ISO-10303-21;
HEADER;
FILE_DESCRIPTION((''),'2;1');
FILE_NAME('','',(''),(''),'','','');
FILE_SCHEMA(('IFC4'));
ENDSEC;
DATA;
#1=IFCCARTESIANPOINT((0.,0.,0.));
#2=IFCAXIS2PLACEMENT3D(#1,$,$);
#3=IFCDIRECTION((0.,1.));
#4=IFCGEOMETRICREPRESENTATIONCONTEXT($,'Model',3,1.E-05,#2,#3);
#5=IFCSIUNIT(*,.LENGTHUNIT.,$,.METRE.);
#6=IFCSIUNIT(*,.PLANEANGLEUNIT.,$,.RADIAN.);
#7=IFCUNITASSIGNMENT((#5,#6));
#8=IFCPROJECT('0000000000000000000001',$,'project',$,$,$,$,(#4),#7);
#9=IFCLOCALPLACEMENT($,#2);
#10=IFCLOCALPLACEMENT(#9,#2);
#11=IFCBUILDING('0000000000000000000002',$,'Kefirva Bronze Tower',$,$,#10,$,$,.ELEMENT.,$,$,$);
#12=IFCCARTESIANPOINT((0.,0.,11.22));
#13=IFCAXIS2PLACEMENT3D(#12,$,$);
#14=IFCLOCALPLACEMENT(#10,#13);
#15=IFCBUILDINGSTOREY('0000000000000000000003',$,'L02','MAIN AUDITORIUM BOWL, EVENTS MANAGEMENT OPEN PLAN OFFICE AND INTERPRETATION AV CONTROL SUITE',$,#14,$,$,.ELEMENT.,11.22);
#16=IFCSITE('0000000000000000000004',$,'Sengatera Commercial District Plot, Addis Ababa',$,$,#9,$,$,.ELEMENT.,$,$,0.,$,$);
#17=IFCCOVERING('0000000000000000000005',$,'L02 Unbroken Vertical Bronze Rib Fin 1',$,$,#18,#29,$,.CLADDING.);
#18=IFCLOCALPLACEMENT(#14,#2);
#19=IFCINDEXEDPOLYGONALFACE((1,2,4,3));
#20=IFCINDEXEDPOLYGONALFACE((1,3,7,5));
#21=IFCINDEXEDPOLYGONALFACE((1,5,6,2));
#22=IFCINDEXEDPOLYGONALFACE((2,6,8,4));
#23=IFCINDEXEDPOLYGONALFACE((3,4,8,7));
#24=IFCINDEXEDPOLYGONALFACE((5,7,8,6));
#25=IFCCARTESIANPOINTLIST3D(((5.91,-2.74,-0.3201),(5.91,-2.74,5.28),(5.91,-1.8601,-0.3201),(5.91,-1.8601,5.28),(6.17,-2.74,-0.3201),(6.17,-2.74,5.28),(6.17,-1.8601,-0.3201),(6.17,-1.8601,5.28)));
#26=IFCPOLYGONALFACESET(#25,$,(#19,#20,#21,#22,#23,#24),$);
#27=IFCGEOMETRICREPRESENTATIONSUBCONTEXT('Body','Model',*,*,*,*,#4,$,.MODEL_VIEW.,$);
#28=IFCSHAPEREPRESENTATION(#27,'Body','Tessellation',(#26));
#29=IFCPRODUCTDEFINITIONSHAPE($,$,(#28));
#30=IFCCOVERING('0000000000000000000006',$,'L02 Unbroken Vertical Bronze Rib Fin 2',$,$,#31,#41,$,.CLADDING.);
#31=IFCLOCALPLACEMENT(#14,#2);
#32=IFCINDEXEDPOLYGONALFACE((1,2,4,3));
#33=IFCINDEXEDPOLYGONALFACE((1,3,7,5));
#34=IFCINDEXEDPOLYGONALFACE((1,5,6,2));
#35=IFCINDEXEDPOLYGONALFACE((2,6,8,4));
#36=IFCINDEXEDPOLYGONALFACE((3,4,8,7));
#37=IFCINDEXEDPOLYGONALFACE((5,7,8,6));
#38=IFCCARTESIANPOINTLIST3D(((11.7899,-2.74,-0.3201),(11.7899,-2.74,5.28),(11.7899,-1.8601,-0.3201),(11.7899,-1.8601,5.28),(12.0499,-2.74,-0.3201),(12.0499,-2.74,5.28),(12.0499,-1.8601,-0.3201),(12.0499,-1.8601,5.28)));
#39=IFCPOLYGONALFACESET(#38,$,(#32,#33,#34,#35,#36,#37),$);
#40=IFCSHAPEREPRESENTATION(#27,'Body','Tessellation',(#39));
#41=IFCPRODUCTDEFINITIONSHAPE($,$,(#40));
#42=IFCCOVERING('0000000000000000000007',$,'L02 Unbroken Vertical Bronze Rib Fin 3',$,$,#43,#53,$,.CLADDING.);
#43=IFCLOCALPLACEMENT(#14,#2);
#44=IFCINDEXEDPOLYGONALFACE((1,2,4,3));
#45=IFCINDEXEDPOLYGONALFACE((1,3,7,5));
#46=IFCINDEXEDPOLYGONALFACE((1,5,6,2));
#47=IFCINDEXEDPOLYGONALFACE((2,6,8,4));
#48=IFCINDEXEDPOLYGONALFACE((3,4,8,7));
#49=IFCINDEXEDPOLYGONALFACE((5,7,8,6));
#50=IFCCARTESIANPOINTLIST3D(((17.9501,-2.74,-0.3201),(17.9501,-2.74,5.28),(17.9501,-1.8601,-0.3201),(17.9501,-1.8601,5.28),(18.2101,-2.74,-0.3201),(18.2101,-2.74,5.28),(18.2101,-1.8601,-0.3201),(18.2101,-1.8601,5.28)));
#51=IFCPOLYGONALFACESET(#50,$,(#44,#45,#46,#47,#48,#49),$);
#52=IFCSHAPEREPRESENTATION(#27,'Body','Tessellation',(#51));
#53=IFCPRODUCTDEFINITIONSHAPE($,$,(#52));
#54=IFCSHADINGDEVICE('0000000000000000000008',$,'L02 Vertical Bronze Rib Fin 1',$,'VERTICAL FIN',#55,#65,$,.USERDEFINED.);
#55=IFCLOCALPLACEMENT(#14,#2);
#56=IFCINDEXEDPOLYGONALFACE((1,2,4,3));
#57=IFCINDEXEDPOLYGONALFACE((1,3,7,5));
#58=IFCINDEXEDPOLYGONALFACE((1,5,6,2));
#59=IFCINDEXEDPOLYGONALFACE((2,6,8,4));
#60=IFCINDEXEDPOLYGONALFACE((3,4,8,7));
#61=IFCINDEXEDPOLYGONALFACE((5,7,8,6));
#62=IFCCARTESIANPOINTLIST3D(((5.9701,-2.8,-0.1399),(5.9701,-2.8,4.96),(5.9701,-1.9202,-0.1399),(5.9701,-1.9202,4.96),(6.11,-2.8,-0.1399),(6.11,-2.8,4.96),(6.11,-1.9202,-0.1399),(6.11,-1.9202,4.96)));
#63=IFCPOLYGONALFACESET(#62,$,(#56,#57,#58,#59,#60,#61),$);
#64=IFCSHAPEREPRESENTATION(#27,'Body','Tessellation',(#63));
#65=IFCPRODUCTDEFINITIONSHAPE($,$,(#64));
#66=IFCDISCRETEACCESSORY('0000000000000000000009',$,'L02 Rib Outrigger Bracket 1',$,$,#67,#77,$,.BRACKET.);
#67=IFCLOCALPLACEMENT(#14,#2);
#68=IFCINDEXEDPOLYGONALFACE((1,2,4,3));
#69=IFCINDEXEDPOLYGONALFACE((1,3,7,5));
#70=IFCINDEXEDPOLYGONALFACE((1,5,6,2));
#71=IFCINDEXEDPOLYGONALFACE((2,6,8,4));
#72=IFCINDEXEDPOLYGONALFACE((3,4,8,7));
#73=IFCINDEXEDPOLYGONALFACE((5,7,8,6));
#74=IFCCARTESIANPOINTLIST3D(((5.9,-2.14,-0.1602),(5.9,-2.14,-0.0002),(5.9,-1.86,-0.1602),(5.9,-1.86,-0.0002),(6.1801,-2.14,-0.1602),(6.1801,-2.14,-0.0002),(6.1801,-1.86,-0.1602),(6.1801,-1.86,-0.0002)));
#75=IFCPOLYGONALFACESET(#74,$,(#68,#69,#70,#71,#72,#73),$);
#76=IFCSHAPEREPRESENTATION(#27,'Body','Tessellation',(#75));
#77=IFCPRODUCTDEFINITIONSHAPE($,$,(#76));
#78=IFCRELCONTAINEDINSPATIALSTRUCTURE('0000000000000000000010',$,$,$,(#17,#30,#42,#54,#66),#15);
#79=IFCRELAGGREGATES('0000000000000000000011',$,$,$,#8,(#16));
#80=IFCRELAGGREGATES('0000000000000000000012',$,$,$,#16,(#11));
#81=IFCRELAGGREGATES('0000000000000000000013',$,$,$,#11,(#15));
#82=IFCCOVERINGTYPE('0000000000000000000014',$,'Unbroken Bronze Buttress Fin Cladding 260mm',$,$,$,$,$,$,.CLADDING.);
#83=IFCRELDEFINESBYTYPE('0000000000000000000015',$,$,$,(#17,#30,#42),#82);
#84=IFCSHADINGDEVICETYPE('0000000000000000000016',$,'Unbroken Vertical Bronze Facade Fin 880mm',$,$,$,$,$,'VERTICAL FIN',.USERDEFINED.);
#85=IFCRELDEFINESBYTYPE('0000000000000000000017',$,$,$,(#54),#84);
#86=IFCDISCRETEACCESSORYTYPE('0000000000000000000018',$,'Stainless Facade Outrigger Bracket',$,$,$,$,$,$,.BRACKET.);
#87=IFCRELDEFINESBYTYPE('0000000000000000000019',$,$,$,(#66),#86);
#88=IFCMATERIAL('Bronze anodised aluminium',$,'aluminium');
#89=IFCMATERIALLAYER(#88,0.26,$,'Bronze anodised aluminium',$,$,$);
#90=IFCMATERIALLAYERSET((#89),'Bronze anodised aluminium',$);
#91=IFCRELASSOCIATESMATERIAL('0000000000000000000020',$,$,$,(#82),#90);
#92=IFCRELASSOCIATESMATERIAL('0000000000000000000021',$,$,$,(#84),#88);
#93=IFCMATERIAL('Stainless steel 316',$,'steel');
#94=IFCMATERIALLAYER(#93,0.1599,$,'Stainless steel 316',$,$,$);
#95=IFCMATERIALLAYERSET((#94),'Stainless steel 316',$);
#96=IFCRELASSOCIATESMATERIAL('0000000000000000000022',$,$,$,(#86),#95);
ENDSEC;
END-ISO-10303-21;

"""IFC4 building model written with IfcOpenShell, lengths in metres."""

from ifc_helpers import new_model, si_unit, direction, frame, origin, origin_2d, place, context, subcontext, project, spatial, rectangle, extrude, material, layer, layer_set, material_profile, profile_set, type_object, element, save


model = new_model("IFC4")

# Units and contexts
model_context = context("Model", 3, precision=1e-05, world=origin(), true_north=direction((0.0, 1.0)))
body_context = subcontext(model_context, "Body", "Model", "MODEL_VIEW")
ifc_project = project(units=[si_unit("LENGTHUNIT", "METRE"), si_unit("PLANEANGLEUNIT", "RADIAN")], contexts=[model_context])

# Site, building, storey
site_placement = place(None, origin())
site = spatial("IfcSite", under=ifc_project, at=site_placement, Name="Sengatera Commercial District Plot, Addis Ababa", CompositionType="ELEMENT", RefElevation=0.0)
building_placement = place(site_placement, origin())
building = spatial("IfcBuilding", under=site, at=building_placement, Name="Kefirva Bronze Tower", CompositionType="ELEMENT")
storey_placement = place(building_placement, frame((0.0, 0.0, 11.22)))
storey = spatial("IfcBuildingStorey", under=building, at=storey_placement, Name="L02", Description="MAIN AUDITORIUM BOWL, EVENTS MANAGEMENT OPEN PLAN OFFICE AND INTERPRETATION AV CONTROL SUITE", CompositionType="ELEMENT", Elevation=11.22)

# Shared definitions
ifc_material_1 = material(Name="Bronze anodised aluminium", Category="aluminium")

# Shared definitions
ifc_material_2 = material(Name="Stainless steel 316", Category="steel")

# Coverings
ifc_layer_1 = layer(ifc_material_1, 0.26, Name="Bronze anodised aluminium")
ifc_layer_set_1 = layer_set([ifc_layer_1], Name="Bronze anodised aluminium")
covering_type_1 = type_object("IfcCoveringType", Name="Unbroken Bronze Buttress Fin Cladding 260mm", PredefinedType="CLADDING", material=ifc_layer_set_1)
for number, where, z_axis, x_axis, name in (
    (1, (6.04, -2.3, -0.3201), (0.0, 0.0, 1.0), (1.0, 0.0, 0.0), "L02 Unbroken Vertical Bronze Rib Fin 1"),
    (2, (11.9199, -2.3, -0.3201), (0.0, 0.0, 1.0), (1.0, 0.0, 0.0), "L02 Unbroken Vertical Bronze Rib Fin 2"),
    (3, (18.0801, -2.3, -0.3201), (0.0, 0.0, 1.0), (1.0, 0.0, 0.0), "L02 Unbroken Vertical Bronze Rib Fin 3"),
):
    element("IfcCovering", number, at=place(storey_placement, frame(where, z_axis=z_axis, x_axis=x_axis)), inside=storey, type_object=covering_type_1, Name=name, PredefinedType="CLADDING", context=body_context, shape_type="SweptSolid", body=[
        extrude(rectangle(XDim=0.26, YDim=0.8799, at=origin_2d()), origin(), (0.0, 0.0, 1.0), 5.6001),
    ])

# Shading device
ifc_material_profile_1 = material_profile(ifc_material_1, rectangle(XDim=0.1399, YDim=0.8799, at=origin_2d()), Name="BRONZE FIN 140x880")
ifc_profile_set_1 = profile_set([ifc_material_profile_1], Name="Bronze anodised aluminium")
shading_device_type_1 = type_object("IfcShadingDeviceType", Name="Unbroken Vertical Bronze Facade Fin 880mm", ElementType="VERTICAL FIN", PredefinedType="USERDEFINED", material=ifc_profile_set_1)
shading_device_1_placement = place(storey_placement, frame((6.04, -2.3601, -0.1399), z_axis=(0.0, 0.0, 1.0), x_axis=(1.0, 0.0, 0.0)))
element("IfcShadingDevice", 4, at=shading_device_1_placement, inside=storey, type_object=shading_device_type_1, Name="L02 Vertical Bronze Rib Fin 1", ObjectType="VERTICAL FIN", PredefinedType="USERDEFINED", context=body_context, shape_type="SweptSolid", body=[
    extrude(rectangle(XDim=0.1399, YDim=0.8799, at=origin_2d()), origin(), (0.0, 0.0, 1.0), 5.0999),
])

# Discrete accessory
ifc_layer_2 = layer(ifc_material_2, 0.1599, Name="Stainless steel 316")
ifc_layer_set_2 = layer_set([ifc_layer_2], Name="Stainless steel 316")
discrete_accessory_type = type_object("IfcDiscreteAccessoryType", Name="Stainless Facade Outrigger Bracket", PredefinedType="BRACKET", material=ifc_layer_set_2)
discrete_accessory_placement = place(storey_placement, frame((6.04, -2.0, -0.1602), z_axis=(0.0, 0.0, 1.0), x_axis=(1.0, 0.0, 0.0)))
element("IfcDiscreteAccessory", 5, at=discrete_accessory_placement, inside=storey, type_object=discrete_accessory_type, Name="L02 Rib Outrigger Bracket 1", PredefinedType="BRACKET", context=body_context, shape_type="SweptSolid", body=[
    extrude(rectangle(XDim=0.28, YDim=0.28, at=origin_2d()), origin(), (0.0, 0.0, 1.0), 0.1599),
])

save(model, "model.ifc")
